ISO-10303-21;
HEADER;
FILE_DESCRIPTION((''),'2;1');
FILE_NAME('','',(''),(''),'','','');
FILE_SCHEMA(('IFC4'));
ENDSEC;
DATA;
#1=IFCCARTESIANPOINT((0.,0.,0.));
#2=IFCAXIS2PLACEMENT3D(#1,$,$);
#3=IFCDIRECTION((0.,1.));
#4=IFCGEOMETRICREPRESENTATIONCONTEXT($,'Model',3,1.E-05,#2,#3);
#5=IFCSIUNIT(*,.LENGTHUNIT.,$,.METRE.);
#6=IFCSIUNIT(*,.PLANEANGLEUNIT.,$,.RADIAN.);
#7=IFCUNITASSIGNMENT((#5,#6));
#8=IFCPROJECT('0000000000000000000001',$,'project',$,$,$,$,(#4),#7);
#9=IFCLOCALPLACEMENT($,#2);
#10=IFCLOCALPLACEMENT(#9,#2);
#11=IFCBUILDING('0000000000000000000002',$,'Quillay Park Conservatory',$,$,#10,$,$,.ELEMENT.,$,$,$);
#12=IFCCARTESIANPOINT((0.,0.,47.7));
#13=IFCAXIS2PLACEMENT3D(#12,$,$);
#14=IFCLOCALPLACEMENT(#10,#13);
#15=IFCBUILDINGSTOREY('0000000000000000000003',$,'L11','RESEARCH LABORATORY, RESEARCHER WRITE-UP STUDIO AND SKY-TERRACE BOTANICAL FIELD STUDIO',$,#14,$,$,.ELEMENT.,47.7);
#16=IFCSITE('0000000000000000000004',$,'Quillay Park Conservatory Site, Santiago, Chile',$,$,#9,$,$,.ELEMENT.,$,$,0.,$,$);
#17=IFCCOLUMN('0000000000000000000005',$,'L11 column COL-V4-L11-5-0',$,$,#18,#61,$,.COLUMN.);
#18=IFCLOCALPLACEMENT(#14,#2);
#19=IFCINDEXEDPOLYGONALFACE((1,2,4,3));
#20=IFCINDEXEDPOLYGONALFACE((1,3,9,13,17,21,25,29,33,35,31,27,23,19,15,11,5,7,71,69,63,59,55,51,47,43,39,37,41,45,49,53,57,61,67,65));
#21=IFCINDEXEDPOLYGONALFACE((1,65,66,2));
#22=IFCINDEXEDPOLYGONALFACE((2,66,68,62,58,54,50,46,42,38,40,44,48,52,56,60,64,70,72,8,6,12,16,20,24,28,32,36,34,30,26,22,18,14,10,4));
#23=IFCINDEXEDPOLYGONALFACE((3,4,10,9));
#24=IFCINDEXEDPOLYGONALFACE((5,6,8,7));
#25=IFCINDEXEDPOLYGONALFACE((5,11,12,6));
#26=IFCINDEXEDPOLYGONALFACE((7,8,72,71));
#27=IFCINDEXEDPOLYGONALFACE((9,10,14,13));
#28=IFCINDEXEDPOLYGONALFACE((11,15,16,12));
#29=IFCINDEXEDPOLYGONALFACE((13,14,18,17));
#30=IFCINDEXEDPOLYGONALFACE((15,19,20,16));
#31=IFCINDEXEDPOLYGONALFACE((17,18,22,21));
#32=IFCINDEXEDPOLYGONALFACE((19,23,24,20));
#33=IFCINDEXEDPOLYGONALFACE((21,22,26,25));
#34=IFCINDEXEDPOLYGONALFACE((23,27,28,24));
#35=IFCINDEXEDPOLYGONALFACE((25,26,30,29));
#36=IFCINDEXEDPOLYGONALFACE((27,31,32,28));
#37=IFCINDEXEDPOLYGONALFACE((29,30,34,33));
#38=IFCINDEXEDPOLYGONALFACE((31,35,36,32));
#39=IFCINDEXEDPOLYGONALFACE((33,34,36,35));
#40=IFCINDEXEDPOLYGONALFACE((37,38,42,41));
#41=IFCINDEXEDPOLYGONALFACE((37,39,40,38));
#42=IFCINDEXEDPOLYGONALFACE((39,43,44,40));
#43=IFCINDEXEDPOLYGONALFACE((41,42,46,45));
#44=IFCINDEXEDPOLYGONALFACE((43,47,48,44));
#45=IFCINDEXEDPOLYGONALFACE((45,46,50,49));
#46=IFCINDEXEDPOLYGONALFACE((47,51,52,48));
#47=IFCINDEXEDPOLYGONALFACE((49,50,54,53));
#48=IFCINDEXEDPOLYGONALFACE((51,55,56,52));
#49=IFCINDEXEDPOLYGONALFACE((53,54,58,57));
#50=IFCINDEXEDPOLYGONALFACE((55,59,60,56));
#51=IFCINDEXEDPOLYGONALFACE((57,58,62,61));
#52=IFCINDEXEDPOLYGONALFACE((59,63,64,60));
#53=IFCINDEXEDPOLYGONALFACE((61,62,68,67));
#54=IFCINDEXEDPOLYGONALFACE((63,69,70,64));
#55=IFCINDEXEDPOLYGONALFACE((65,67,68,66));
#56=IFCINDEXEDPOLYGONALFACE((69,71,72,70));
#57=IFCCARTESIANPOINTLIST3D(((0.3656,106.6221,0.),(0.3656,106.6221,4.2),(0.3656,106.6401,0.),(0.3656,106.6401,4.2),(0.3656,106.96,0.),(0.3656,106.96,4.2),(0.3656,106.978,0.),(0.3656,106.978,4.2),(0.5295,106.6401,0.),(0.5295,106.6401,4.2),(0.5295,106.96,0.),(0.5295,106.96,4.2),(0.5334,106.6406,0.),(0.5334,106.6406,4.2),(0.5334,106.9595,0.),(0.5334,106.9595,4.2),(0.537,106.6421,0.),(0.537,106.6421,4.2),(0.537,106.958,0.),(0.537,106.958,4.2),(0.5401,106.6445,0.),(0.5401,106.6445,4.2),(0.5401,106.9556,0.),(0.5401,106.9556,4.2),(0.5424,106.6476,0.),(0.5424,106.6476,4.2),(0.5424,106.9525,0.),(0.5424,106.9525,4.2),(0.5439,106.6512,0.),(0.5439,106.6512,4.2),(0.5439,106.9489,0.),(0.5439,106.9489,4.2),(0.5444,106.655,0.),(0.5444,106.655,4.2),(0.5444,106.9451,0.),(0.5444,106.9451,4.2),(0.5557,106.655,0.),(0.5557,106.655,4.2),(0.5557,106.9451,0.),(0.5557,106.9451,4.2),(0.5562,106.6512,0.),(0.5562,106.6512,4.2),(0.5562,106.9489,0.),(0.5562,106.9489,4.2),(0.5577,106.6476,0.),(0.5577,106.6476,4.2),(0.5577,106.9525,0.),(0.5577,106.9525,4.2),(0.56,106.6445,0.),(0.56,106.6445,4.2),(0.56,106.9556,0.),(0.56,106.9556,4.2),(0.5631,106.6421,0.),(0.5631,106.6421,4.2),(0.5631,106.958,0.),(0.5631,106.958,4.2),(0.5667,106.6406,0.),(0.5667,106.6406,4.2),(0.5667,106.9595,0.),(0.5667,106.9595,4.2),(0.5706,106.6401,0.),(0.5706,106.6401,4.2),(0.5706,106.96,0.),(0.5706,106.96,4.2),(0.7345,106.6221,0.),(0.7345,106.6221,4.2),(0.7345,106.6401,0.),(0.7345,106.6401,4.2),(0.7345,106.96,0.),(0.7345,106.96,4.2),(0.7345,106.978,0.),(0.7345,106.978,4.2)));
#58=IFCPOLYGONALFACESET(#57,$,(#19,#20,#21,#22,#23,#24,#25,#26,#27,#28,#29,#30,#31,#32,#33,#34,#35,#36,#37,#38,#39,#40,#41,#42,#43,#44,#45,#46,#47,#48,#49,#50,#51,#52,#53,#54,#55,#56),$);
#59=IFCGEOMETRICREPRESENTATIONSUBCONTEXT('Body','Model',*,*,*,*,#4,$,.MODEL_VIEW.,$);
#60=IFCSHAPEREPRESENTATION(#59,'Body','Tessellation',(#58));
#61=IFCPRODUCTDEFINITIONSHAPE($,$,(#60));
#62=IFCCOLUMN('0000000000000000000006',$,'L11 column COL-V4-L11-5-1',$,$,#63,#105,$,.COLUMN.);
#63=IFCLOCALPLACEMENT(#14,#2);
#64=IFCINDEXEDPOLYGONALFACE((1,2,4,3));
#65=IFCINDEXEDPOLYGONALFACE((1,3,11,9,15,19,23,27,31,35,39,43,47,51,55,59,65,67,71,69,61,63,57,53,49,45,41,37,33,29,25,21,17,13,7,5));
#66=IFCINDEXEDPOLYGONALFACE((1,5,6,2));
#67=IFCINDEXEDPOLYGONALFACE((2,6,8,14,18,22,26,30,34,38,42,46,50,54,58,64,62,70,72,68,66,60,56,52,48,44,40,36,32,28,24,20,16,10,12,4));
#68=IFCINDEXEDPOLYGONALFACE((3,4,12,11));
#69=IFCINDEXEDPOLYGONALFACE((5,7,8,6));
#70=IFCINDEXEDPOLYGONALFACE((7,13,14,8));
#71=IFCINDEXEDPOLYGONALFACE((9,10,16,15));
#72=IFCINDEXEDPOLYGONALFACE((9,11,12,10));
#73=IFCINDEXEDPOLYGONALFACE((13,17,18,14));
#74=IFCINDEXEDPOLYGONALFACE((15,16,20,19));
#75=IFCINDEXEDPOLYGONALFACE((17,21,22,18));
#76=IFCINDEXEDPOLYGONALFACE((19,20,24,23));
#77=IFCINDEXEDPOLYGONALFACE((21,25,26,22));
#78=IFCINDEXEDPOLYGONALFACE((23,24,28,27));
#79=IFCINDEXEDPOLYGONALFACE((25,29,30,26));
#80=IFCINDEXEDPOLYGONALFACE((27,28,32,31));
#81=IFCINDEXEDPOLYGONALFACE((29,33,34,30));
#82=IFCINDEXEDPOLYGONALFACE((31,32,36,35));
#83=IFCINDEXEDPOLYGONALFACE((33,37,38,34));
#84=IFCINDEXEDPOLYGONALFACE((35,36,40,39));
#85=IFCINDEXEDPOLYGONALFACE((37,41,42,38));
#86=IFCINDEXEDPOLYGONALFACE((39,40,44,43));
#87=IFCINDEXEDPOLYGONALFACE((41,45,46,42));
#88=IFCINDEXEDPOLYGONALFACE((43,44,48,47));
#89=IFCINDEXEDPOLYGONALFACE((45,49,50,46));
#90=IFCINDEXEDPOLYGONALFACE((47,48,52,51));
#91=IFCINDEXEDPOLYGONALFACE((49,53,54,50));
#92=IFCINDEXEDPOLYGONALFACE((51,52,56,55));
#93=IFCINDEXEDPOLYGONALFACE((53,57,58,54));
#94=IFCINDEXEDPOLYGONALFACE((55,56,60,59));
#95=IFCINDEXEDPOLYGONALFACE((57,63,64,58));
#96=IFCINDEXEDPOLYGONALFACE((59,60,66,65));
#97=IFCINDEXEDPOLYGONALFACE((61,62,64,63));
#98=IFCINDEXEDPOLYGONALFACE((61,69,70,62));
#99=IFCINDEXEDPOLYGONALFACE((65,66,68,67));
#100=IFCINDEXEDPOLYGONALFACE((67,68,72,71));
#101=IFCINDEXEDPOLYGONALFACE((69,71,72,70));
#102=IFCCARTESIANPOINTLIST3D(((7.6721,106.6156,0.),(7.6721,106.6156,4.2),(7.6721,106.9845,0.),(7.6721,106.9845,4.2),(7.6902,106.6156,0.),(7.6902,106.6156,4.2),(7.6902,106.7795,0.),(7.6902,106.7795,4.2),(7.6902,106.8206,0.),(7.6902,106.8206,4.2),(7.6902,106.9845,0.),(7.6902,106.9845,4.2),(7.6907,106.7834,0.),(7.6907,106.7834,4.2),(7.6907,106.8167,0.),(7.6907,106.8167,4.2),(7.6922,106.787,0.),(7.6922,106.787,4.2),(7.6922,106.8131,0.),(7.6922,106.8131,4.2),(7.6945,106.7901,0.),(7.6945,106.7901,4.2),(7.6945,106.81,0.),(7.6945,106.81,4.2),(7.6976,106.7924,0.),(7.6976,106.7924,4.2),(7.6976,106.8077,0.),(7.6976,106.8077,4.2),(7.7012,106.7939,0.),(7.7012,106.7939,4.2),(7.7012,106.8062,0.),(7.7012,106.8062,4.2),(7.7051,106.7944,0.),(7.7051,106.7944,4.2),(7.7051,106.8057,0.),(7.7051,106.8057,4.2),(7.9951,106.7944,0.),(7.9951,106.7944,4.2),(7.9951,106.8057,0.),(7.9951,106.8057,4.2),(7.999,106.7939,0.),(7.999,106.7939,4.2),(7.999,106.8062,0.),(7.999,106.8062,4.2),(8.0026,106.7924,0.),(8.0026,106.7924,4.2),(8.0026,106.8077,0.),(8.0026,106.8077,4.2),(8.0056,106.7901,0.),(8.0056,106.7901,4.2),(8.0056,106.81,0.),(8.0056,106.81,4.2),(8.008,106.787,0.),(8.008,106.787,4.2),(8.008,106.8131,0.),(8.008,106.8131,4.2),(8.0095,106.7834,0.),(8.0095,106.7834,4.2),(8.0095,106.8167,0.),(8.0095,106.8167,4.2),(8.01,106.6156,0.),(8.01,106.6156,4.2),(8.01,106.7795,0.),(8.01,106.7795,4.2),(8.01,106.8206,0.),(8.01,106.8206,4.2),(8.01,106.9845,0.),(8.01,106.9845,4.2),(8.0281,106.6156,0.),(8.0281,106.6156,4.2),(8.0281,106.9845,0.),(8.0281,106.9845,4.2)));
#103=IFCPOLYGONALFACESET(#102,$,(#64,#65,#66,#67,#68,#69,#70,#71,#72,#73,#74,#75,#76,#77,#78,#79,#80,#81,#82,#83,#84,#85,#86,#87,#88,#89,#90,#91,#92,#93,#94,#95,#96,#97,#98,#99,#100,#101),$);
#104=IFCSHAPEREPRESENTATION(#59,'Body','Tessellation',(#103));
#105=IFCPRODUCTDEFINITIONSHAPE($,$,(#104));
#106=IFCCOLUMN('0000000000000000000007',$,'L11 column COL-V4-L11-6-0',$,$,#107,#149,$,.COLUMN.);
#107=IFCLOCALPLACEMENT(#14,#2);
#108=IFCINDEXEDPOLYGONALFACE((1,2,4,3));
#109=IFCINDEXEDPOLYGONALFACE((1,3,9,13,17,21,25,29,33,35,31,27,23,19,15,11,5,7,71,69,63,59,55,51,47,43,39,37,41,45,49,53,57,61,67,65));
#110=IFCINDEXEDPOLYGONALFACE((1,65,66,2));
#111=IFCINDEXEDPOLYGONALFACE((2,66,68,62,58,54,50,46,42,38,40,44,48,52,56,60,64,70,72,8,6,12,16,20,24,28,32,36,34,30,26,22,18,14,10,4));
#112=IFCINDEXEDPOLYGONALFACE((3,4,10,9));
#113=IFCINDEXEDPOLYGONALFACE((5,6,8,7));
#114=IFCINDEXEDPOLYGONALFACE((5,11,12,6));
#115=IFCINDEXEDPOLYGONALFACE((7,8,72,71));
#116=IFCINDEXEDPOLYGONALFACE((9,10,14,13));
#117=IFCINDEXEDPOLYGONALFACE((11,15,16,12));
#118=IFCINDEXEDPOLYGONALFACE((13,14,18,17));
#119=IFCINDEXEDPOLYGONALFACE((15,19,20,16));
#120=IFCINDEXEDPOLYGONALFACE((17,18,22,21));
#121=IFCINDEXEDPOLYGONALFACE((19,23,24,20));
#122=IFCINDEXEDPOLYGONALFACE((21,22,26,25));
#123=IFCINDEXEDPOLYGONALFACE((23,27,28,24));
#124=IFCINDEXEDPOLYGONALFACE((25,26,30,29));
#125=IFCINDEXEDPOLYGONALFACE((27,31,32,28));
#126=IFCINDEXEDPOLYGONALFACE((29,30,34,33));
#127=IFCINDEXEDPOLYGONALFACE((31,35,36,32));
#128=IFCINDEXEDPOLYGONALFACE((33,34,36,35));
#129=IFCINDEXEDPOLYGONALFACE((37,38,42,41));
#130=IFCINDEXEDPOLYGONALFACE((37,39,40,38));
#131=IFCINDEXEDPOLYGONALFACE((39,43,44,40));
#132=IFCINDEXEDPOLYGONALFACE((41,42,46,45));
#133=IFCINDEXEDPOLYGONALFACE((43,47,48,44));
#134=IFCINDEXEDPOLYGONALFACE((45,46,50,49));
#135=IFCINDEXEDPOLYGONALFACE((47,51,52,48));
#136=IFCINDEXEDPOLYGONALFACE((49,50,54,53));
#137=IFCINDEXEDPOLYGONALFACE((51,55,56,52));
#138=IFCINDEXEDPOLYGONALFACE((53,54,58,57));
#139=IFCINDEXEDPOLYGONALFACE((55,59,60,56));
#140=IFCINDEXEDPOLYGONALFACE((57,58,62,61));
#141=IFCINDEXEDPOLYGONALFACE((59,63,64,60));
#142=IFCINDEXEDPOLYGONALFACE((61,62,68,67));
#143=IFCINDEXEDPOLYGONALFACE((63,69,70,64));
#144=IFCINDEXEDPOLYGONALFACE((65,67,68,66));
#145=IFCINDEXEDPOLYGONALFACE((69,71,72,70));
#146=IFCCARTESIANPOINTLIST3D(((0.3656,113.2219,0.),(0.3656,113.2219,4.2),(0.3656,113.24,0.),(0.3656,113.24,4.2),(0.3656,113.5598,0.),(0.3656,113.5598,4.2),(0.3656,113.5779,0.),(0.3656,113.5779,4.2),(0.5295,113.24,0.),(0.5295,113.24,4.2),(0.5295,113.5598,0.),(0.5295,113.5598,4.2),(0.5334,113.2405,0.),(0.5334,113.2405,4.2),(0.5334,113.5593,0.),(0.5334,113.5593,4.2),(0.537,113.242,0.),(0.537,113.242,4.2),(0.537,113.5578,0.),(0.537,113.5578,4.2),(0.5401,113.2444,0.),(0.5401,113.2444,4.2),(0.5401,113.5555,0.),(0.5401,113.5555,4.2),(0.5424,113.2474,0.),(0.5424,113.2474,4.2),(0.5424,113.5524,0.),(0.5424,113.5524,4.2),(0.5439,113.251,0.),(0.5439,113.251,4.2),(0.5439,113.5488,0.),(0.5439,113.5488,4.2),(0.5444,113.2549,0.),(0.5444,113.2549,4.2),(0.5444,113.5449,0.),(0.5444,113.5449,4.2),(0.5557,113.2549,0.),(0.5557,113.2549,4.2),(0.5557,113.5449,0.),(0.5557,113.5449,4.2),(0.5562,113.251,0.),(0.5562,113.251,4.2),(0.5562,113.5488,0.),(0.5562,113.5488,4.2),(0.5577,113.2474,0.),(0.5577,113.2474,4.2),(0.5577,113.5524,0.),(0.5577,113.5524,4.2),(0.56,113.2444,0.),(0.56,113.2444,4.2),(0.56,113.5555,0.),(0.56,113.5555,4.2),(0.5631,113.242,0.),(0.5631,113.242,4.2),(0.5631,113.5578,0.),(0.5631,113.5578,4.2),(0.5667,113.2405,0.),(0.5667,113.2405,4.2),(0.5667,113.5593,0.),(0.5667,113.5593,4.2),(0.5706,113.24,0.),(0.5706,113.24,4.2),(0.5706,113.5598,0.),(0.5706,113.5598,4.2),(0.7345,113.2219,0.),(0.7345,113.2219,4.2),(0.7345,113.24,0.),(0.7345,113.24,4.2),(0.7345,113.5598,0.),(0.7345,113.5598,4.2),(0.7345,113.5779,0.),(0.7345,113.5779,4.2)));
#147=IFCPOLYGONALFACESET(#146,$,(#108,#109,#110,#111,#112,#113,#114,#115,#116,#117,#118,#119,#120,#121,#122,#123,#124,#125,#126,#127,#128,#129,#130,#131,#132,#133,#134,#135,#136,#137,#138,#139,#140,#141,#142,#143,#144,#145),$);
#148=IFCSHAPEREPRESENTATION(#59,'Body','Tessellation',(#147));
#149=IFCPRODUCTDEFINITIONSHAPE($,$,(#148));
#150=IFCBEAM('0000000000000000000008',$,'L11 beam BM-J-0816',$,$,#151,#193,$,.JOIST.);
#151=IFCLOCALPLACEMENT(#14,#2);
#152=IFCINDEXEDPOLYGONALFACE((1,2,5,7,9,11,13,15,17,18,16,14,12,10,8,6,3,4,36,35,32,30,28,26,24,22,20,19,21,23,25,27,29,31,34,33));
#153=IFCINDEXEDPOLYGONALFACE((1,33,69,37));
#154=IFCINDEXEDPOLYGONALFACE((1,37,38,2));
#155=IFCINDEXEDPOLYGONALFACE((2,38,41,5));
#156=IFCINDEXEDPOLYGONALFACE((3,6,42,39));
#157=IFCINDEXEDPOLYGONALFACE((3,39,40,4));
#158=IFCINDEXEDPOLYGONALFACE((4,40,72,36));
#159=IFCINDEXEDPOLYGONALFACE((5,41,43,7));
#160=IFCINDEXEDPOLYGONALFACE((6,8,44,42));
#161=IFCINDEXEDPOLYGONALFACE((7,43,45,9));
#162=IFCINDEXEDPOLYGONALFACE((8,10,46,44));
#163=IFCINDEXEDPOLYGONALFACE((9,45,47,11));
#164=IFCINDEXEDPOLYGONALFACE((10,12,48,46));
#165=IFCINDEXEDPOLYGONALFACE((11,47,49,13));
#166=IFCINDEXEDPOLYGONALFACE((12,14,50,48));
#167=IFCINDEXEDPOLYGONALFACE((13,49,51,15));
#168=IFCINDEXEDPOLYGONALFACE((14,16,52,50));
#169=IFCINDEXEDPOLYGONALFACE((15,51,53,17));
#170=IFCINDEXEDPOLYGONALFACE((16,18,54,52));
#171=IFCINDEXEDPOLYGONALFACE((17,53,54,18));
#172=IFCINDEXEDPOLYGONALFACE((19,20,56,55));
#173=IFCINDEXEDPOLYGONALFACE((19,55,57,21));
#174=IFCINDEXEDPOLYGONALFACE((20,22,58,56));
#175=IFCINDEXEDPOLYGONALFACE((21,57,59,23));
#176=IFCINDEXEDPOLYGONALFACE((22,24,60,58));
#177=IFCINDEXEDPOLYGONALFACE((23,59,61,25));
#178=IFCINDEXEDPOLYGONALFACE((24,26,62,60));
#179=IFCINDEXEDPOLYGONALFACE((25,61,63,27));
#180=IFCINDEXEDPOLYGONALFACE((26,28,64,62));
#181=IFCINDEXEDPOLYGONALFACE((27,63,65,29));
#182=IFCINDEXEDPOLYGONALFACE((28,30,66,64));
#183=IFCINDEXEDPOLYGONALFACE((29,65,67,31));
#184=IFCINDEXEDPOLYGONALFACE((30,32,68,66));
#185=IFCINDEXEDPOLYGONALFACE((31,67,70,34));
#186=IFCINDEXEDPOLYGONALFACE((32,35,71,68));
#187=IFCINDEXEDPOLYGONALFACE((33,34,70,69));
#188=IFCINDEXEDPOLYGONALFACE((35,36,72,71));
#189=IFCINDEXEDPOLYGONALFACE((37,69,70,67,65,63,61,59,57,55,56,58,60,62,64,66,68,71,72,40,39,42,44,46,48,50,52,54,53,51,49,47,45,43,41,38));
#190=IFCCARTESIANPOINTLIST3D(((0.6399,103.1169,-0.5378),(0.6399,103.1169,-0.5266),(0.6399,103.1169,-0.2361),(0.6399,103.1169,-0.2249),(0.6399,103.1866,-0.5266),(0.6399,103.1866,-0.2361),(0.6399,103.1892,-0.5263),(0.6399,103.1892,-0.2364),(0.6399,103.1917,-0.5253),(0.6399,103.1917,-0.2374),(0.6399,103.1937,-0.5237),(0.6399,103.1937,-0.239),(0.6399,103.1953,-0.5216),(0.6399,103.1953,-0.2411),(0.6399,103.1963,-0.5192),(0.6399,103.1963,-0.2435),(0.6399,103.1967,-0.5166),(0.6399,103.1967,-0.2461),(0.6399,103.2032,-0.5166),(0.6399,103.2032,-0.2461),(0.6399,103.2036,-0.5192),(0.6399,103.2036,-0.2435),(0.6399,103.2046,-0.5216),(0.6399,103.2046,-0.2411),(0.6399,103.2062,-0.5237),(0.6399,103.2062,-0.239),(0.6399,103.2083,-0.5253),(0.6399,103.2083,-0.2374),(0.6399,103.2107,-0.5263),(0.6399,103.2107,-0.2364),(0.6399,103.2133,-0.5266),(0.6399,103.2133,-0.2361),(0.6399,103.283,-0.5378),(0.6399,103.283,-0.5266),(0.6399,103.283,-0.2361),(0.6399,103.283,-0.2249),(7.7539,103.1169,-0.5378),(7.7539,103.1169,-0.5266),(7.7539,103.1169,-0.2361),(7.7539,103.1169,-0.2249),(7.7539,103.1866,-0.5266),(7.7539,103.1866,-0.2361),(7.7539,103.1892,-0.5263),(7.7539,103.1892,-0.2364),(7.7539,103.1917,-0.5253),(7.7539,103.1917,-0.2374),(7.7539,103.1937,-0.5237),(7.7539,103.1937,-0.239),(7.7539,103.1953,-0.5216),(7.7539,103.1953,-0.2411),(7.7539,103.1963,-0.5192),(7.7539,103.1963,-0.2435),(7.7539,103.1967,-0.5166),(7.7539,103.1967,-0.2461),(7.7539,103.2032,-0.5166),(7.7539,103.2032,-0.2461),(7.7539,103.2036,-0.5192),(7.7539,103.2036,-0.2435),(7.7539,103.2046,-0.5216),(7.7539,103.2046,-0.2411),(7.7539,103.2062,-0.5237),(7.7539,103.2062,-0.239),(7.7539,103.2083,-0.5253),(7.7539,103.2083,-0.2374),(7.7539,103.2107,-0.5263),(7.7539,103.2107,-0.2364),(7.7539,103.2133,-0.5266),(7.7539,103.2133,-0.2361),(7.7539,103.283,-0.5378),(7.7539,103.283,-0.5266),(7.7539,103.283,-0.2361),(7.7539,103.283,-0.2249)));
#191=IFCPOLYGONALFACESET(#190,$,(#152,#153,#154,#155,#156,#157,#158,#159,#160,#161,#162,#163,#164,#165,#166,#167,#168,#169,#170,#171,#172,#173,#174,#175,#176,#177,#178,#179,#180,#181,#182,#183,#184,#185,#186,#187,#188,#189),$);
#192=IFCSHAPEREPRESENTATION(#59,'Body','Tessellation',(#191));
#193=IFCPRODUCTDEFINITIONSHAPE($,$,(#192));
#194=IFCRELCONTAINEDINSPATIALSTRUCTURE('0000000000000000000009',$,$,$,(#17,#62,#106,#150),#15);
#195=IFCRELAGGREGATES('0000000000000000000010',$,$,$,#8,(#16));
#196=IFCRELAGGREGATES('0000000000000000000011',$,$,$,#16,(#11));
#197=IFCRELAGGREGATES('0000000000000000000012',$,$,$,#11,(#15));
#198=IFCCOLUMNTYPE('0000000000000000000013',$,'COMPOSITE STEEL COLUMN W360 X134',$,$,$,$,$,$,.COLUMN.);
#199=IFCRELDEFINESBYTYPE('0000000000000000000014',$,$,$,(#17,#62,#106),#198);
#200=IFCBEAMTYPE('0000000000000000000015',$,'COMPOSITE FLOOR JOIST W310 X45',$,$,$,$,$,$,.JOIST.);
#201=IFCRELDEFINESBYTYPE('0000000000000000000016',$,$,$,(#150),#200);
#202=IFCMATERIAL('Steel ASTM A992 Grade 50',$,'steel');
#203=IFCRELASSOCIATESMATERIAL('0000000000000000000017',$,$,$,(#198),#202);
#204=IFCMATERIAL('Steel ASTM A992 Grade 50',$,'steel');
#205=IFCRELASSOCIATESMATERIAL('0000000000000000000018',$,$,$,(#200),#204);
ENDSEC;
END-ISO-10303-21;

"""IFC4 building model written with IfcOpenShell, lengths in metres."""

from ifc_helpers import new_model, si_unit, direction, frame, origin, origin_2d, place, context, subcontext, project, spatial, i_section, extrude, material, material_profile, profile_set, type_object, element, save


model = new_model("IFC4")

# Units and contexts
model_context = context("Model", 3, precision=1e-05, world=origin(), true_north=direction((0.0, 1.0)))
body_context = subcontext(model_context, "Body", "Model", "MODEL_VIEW")
ifc_project = project(units=[si_unit("LENGTHUNIT", "METRE"), si_unit("PLANEANGLEUNIT", "RADIAN")], contexts=[model_context])

# Site, building, storey
site_placement = place(None, origin())
site = spatial("IfcSite", under=ifc_project, at=site_placement, Name="Quillay Park Conservatory Site, Santiago, Chile", CompositionType="ELEMENT", RefElevation=0.0)
building_placement = place(site_placement, origin())
building = spatial("IfcBuilding", under=site, at=building_placement, Name="Quillay Park Conservatory", CompositionType="ELEMENT")
storey_placement = place(building_placement, frame((0.0, 0.0, 47.7)))
storey = spatial("IfcBuildingStorey", under=building, at=storey_placement, Name="L11", Description="RESEARCH LABORATORY, RESEARCHER WRITE-UP STUDIO AND SKY-TERRACE BOTANICAL FIELD STUDIO", CompositionType="ELEMENT", Elevation=47.7)

# Columns
ifc_material_1 = material(Name="Steel ASTM A992 Grade 50", Category="steel")
ifc_material_profile_1 = material_profile(ifc_material_1, i_section(OverallWidth=0.3689, OverallDepth=0.356, WebThickness=0.0112, FlangeThickness=0.0181, FilletRadius=0.0149, at=origin_2d()), Name="W360x134")
ifc_profile_set_1 = profile_set([ifc_material_profile_1], Name="Steel ASTM A992 Grade 50")
column_type = type_object("IfcColumnType", Name="COMPOSITE STEEL COLUMN W360 X134", PredefinedType="COLUMN", material=ifc_profile_set_1)
for number, where, z_axis, x_axis, name in (
    (1, (0.55, 106.8, 0.0), (0.0, 0.0, 1.0), (1.0, 0.0, 0.0), "L11 column COL-V4-L11-5-0"),
    (2, (7.8501, 106.8, 0.0), (0.0, 0.0, 1.0), (0.0, 1.0, 0.0), "L11 column COL-V4-L11-5-1"),
    (3, (0.55, 113.3999, 0.0), (0.0, 0.0, 1.0), (1.0, 0.0, 0.0), "L11 column COL-V4-L11-6-0"),
):
    element("IfcColumn", number, at=place(storey_placement, frame(where, z_axis=z_axis, x_axis=x_axis)), inside=storey, type_object=column_type, Name=name, PredefinedType="COLUMN", context=body_context, shape_type="SweptSolid", body=[
        extrude(i_section(OverallWidth=0.3689, OverallDepth=0.356, WebThickness=0.0112, FlangeThickness=0.0181, FilletRadius=0.0149, at=origin_2d()), origin(), (0.0, 0.0, 1.0), 4.2),
    ])

# Beam
ifc_material_2 = material(Name="Steel ASTM A992 Grade 50", Category="steel")
ifc_material_profile_2 = material_profile(ifc_material_2, i_section(OverallWidth=0.166, OverallDepth=0.313, WebThickness=0.0066, FlangeThickness=0.0112, FilletRadius=0.01, at=origin_2d()), Name="W310x45")
ifc_profile_set_2 = profile_set([ifc_material_profile_2], Name="Steel ASTM A992 Grade 50")
beam_type_1 = type_object("IfcBeamType", Name="COMPOSITE FLOOR JOIST W310 X45", PredefinedType="JOIST", material=ifc_profile_set_2)
beam_1_placement = place(storey_placement, frame((0.6399, 103.2, -0.3813), z_axis=(1.0, 0.0, 0.0), x_axis=(0.0, 1.0, 0.0)))
element("IfcBeam", 4, at=beam_1_placement, inside=storey, type_object=beam_type_1, Name="L11 beam BM-J-0816", PredefinedType="JOIST", context=body_context, shape_type="SweptSolid", body=[
    extrude(i_section(OverallWidth=0.166, OverallDepth=0.313, WebThickness=0.0066, FlangeThickness=0.0112, FilletRadius=0.01, at=origin_2d()), origin(), (0.0, 0.0, 1.0), 7.114),
])

save(model, "model.ifc")
